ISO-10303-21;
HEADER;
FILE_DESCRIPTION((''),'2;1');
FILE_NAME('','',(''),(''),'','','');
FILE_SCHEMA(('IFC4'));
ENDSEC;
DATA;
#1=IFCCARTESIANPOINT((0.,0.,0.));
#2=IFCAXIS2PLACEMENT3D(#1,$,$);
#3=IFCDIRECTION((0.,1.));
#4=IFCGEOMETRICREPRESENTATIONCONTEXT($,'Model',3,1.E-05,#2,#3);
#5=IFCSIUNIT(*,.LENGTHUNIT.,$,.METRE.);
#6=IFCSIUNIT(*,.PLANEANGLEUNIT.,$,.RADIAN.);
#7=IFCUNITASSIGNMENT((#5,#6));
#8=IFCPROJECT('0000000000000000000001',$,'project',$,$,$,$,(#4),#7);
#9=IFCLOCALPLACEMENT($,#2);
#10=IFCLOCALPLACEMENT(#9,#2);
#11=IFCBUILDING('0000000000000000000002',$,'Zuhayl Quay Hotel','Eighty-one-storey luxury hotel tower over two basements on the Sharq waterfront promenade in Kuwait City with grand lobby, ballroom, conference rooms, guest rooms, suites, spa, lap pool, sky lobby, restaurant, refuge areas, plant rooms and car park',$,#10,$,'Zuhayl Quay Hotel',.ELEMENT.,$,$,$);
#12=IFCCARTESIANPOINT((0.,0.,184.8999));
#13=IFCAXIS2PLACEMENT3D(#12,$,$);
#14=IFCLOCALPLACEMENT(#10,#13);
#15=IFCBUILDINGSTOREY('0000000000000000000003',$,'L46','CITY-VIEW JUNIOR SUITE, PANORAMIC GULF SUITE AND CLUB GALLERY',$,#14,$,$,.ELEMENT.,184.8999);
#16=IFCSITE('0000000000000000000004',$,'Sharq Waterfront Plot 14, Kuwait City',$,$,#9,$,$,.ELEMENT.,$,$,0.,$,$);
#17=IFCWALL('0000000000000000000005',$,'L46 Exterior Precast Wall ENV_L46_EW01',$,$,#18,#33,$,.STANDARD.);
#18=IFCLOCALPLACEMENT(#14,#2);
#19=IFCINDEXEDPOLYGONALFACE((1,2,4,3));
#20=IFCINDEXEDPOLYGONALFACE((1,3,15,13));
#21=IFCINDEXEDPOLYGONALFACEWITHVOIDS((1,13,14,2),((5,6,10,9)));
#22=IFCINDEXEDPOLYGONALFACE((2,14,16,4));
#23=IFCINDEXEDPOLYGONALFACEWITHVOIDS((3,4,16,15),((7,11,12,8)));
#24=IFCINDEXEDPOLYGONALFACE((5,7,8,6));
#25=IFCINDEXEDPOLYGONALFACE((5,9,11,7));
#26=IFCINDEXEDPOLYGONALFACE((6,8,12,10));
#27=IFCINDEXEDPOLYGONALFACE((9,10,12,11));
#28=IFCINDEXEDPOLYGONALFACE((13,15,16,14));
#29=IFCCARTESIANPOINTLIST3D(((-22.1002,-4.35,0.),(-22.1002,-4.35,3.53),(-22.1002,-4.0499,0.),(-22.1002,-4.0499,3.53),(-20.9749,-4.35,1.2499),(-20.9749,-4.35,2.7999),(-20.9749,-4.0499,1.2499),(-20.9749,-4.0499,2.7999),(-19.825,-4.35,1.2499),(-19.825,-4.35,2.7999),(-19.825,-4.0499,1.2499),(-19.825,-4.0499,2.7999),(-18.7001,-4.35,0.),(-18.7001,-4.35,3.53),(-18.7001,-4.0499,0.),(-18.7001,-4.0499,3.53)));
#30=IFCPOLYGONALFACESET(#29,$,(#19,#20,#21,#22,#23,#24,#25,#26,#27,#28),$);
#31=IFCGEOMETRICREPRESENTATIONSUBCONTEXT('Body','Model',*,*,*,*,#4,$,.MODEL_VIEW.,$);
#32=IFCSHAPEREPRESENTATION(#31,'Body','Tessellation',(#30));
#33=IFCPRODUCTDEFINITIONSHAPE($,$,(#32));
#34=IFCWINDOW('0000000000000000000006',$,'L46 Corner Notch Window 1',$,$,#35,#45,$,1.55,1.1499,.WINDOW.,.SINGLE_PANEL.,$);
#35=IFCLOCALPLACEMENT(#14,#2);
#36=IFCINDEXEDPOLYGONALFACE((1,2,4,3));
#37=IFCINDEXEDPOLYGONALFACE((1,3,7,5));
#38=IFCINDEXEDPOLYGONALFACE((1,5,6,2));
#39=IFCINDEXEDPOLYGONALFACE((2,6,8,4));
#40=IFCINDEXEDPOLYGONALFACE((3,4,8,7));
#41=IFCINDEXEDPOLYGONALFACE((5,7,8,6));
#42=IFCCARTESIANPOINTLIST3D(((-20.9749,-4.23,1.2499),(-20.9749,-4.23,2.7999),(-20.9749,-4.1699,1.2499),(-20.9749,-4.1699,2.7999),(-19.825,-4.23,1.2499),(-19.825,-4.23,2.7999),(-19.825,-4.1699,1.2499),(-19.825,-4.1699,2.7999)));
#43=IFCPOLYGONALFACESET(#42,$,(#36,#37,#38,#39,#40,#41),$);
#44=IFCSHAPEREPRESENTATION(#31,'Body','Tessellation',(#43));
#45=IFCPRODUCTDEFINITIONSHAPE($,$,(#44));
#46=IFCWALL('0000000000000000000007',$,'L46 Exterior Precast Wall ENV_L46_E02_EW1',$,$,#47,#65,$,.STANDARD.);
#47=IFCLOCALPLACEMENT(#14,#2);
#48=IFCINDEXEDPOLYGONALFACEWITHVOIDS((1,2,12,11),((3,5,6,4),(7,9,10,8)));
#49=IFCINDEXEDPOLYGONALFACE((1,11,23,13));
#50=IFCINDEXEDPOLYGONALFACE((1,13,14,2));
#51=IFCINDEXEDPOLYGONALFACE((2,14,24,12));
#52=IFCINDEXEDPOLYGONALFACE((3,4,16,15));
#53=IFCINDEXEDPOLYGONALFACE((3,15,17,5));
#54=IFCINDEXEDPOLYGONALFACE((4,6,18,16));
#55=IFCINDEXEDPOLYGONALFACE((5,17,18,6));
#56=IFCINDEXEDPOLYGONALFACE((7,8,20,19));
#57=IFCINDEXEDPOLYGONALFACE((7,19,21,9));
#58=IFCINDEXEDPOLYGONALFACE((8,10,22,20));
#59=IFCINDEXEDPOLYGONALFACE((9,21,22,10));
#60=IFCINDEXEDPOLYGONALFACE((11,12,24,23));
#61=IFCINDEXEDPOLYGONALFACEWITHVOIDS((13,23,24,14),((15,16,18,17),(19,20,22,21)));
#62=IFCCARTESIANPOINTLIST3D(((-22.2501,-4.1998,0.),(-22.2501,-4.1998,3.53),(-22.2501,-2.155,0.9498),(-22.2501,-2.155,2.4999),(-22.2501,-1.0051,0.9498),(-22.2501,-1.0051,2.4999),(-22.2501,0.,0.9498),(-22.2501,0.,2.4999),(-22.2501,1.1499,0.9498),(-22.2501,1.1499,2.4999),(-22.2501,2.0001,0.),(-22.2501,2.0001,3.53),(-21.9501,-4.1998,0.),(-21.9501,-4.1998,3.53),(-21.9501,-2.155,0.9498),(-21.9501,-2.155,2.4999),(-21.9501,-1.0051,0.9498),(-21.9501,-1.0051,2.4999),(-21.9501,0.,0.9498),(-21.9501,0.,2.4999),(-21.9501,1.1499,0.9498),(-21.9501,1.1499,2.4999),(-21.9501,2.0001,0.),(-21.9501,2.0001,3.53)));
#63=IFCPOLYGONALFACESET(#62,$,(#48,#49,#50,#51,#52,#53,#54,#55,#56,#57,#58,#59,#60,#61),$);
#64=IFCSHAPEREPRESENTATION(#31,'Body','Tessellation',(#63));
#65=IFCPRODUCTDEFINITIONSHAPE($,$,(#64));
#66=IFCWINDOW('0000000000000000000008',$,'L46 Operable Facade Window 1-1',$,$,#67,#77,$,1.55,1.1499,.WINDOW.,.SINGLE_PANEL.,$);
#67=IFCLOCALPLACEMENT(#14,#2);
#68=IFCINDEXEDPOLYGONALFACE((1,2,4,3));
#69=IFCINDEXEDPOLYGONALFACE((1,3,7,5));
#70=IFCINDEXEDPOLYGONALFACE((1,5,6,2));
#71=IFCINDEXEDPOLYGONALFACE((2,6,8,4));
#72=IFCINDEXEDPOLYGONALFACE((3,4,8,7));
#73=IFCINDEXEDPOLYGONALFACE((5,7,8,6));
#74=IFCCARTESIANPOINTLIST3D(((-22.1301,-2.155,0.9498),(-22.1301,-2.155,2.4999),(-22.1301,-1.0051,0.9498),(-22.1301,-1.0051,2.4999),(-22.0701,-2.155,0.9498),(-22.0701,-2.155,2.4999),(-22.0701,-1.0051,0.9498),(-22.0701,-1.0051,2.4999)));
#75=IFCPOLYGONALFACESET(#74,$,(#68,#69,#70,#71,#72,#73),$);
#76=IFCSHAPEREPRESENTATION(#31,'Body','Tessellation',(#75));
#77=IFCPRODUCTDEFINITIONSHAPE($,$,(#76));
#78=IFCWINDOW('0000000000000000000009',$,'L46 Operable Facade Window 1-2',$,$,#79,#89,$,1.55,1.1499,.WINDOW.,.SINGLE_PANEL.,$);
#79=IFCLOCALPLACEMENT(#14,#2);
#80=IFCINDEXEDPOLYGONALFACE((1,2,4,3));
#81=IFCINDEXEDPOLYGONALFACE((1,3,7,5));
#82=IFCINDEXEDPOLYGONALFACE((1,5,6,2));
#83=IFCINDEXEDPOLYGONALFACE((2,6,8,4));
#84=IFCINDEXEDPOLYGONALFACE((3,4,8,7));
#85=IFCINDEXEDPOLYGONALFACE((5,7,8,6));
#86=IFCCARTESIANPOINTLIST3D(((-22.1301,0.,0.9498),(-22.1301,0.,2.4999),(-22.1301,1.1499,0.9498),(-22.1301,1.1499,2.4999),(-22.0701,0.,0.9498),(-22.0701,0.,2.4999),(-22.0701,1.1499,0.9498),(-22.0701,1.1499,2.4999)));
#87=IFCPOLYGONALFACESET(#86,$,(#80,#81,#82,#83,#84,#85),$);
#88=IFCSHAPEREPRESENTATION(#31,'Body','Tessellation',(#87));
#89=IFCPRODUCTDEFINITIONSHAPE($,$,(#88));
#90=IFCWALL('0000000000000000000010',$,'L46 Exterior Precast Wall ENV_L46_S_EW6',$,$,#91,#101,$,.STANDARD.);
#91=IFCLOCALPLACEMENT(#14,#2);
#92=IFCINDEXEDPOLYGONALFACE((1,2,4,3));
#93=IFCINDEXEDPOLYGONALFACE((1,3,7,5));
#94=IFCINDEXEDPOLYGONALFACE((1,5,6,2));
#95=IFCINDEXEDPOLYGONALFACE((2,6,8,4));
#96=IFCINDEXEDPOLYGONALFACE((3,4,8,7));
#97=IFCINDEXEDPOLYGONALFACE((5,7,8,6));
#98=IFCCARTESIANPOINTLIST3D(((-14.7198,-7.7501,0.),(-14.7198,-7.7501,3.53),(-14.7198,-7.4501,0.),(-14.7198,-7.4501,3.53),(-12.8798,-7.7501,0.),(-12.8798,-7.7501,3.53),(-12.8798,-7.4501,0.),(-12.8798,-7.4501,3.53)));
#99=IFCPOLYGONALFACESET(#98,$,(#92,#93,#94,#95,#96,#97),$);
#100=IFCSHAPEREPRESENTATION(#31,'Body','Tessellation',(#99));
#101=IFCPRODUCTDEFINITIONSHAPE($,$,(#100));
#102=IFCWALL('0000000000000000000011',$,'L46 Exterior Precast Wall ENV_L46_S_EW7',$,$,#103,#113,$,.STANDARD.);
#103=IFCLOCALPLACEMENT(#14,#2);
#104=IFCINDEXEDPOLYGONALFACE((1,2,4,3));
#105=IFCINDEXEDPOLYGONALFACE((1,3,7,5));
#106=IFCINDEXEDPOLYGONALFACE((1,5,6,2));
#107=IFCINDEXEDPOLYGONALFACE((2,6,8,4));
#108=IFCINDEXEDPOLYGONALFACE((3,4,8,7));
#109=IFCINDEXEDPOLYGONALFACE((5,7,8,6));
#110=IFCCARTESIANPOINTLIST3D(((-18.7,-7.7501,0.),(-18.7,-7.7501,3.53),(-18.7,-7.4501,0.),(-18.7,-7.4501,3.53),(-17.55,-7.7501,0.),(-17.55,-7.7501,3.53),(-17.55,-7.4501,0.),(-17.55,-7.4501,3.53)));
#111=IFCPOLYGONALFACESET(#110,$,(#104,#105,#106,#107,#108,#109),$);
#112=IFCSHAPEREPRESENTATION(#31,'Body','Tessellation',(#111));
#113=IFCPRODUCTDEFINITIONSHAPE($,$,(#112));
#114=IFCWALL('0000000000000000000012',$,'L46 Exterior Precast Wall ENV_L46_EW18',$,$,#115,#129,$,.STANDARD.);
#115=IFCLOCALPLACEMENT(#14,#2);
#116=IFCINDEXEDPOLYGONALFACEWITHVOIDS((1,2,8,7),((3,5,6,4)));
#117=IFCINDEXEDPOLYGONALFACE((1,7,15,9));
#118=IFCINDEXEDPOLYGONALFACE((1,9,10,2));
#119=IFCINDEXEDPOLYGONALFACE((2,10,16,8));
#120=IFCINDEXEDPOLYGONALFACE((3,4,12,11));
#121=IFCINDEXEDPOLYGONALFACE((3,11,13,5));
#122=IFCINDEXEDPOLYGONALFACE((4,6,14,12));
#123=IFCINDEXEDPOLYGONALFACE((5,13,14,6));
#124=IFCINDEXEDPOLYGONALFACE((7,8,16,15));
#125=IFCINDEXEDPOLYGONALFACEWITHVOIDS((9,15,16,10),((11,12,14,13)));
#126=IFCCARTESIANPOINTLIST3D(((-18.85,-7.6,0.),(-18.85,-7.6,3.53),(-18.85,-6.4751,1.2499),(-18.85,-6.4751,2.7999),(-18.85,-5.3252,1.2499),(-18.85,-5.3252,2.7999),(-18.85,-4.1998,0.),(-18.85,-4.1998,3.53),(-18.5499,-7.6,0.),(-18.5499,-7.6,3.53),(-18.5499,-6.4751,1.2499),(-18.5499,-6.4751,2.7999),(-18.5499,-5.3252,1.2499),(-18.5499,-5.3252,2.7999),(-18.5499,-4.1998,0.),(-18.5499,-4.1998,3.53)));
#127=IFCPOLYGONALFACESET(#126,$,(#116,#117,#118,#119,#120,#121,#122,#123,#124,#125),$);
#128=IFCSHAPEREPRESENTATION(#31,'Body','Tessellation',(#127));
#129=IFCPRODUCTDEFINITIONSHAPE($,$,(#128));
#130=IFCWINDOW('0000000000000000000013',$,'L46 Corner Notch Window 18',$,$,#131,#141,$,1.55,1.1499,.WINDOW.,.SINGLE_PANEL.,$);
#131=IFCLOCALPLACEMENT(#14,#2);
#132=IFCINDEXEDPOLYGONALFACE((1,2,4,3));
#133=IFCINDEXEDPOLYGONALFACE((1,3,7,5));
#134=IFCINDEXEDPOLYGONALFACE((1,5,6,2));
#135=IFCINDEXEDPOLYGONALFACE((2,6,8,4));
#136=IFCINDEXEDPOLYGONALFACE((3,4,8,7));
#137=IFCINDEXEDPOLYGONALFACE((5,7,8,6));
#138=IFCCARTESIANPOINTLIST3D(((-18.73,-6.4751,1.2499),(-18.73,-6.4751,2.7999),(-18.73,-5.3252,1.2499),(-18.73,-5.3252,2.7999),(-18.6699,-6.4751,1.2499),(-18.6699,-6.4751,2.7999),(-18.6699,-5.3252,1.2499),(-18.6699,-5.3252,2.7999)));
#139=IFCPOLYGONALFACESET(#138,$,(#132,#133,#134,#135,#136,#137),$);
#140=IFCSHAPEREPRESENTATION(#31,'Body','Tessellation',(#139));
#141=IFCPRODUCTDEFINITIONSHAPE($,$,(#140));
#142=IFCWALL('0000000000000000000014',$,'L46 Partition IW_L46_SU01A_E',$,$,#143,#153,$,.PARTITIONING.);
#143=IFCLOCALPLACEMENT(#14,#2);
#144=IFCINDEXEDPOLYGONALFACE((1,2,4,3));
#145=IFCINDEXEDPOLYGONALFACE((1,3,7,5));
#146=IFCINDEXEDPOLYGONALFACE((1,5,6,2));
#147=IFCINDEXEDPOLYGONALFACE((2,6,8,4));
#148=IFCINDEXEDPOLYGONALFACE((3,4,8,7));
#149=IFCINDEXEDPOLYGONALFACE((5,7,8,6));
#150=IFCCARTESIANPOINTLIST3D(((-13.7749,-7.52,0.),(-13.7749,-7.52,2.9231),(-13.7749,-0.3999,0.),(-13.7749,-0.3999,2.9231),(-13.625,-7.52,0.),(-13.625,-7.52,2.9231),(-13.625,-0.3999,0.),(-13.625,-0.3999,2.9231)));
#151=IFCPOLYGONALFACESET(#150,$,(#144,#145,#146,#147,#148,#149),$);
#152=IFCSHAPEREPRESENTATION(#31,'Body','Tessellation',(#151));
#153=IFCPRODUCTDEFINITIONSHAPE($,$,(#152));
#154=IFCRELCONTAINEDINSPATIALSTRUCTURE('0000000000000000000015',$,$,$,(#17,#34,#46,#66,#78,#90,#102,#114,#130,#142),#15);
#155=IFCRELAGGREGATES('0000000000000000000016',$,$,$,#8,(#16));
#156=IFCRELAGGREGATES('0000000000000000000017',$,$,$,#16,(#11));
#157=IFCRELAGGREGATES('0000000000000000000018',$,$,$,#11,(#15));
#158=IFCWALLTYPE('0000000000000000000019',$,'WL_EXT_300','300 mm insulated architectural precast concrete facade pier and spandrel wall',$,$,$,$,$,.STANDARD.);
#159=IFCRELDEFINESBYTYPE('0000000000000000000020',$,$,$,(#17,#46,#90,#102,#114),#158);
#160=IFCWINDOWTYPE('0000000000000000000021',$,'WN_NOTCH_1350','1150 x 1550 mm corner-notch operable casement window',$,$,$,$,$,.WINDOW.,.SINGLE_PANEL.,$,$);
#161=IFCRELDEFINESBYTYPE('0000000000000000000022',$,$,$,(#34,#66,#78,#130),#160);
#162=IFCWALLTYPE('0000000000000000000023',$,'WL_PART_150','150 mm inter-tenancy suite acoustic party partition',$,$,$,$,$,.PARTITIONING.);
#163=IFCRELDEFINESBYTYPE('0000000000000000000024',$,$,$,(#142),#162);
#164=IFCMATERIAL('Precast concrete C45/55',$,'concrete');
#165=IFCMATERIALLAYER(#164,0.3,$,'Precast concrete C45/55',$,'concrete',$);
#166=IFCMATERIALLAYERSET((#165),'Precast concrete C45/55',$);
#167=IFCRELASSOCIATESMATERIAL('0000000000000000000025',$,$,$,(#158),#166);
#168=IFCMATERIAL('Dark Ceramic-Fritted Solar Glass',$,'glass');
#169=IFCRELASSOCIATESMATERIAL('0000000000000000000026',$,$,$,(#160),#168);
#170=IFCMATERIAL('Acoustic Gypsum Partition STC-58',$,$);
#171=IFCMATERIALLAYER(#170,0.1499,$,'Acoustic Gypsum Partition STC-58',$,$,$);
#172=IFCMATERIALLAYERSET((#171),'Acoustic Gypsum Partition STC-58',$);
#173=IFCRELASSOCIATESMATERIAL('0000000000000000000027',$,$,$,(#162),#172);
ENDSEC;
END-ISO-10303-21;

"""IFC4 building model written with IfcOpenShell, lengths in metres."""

from ifc_helpers import new_model, si_unit, direction, frame, frame_2d, origin, place, context, subcontext, project, spatial, rectangle, extrude, material, layer, layer_set, type_object, element, fill, save


model = new_model("IFC4")

# Units and contexts
model_context = context("Model", 3, precision=1e-05, world=origin(), true_north=direction((0.0, 1.0)))
body_context = subcontext(model_context, "Body", "Model", "MODEL_VIEW")
ifc_project = project(units=[si_unit("LENGTHUNIT", "METRE"), si_unit("PLANEANGLEUNIT", "RADIAN")], contexts=[model_context])

# Site, building, storey
site_placement = place(None, origin())
site = spatial("IfcSite", under=ifc_project, at=site_placement, Name="Sharq Waterfront Plot 14, Kuwait City", CompositionType="ELEMENT", RefElevation=0.0)
building_placement = place(site_placement, origin())
building = spatial("IfcBuilding", under=site, at=building_placement, Name="Zuhayl Quay Hotel", Description="Eighty-one-storey luxury hotel tower over two basements on the Sharq waterfront promenade in Kuwait City with grand lobby, ballroom, conference rooms, guest rooms, suites, spa, lap pool, sky lobby, restaurant, refuge areas, plant rooms and car park", LongName="Zuhayl Quay Hotel", CompositionType="ELEMENT")
storey_placement = place(building_placement, frame((0.0, 0.0, 184.8999)))
storey = spatial("IfcBuildingStorey", under=building, at=storey_placement, Name="L46", Description="CITY-VIEW JUNIOR SUITE, PANORAMIC GULF SUITE AND CLUB GALLERY", CompositionType="ELEMENT", Elevation=184.8999)

# Shared definitions
ifc_material_1 = material(Name="Dark Ceramic-Fritted Solar Glass", Category="glass")

# Wall, opening, window
ifc_material_2 = material(Name="Precast concrete C45/55", Category="concrete")
ifc_layer_1 = layer(ifc_material_2, 0.3, Name="Precast concrete C45/55", Category="concrete")
ifc_layer_set_1 = layer_set([ifc_layer_1], Name="Precast concrete C45/55")
wall_type_1 = type_object("IfcWallType", Name="WL_EXT_300", Description="300 mm insulated architectural precast concrete facade pier and spandrel wall", PredefinedType="STANDARD", material=ifc_layer_set_1)
wall_1_placement = place(storey_placement, frame((-18.7, -4.2, 0.0), z_axis=(0.0, 0.0, 1.0), x_axis=(-1.0, 0.0, 0.0)))
wall_1 = element("IfcWall", 1, at=wall_1_placement, inside=storey, type_object=wall_type_1, Name="L46 Exterior Precast Wall ENV_L46_EW01", PredefinedType="STANDARD", context=body_context, shape_type="SweptSolid", body=[
    extrude(rectangle(XDim=3.4001, YDim=0.3, at=frame_2d((1.7002, 0.0))), origin(), (0.0, 0.0, 1.0), 3.53),
])
opening_1_placement = place(wall_1_placement, frame((1.125, 0.0, 1.25)))
opening_1 = element("IfcOpeningElement", 2, at=opening_1_placement, cuts=wall_1, PredefinedType="OPENING", context=body_context, shape_type="SweptSolid", body=[
    extrude(rectangle(XDim=1.1499, YDim=1.55, at=frame_2d((0.575, 0.7749))), frame((0.0, 0.1599, 0.0), z_axis=(0.0, -1.0, 0.0), x_axis=(1.0, 0.0, 0.0)), (0.0, 0.0, 1.0), 0.3201),
])
window_type = type_object("IfcWindowType", Name="WN_NOTCH_1350", Description="1150 x 1550 mm corner-notch operable casement window", PartitioningType="SINGLE_PANEL", PredefinedType="WINDOW", material=ifc_material_1)
window_1_placement = place(opening_1_placement, origin())
window_1 = element("IfcWindow", 3, at=window_1_placement, inside=storey, type_object=window_type, Name="L46 Corner Notch Window 1", OverallHeight=1.55, OverallWidth=1.1499, PartitioningType="SINGLE_PANEL", PredefinedType="WINDOW", context=body_context, shape_type="SweptSolid", body=[
    extrude(rectangle(XDim=1.1499, YDim=1.55, at=frame_2d((0.575, 0.7749))), frame((0.0, 0.03, 0.0), z_axis=(0.0, -1.0, 0.0), x_axis=(1.0, 0.0, 0.0)), (0.0, 0.0, 1.0), 0.0601),
])
fill(opening_1, window_1)

# Wall, openings, windows
wall_2_placement = place(storey_placement, frame((-22.1001, -4.2, 0.0), z_axis=(0.0, 0.0, 1.0), x_axis=(0.0, 1.0, 0.0)))
wall_2 = element("IfcWall", 4, at=wall_2_placement, inside=storey, type_object=wall_type_1, Name="L46 Exterior Precast Wall ENV_L46_E02_EW1", PredefinedType="STANDARD", context=body_context, shape_type="SweptSolid", body=[
    extrude(rectangle(XDim=6.2, YDim=0.3, at=frame_2d((3.1001, 0.0))), origin(), (0.0, 0.0, 1.0), 3.53),
])
opening_2_placement = place(wall_2_placement, frame((2.0449, 0.0, 0.95)))
opening_2 = element("IfcOpeningElement", 5, at=opening_2_placement, cuts=wall_2, PredefinedType="OPENING", context=body_context, shape_type="SweptSolid", body=[
    extrude(rectangle(XDim=1.1499, YDim=1.55, at=frame_2d((0.575, 0.7749))), frame((0.0, 0.1599, 0.0), z_axis=(0.0, -1.0, 0.0), x_axis=(1.0, 0.0, 0.0)), (0.0, 0.0, 1.0), 0.3201),
])
opening_3_placement = place(wall_2_placement, frame((4.2, 0.0, 0.95)))
opening_3 = element("IfcOpeningElement", 6, at=opening_3_placement, cuts=wall_2, PredefinedType="OPENING", context=body_context, shape_type="SweptSolid", body=[
    extrude(rectangle(XDim=1.1499, YDim=1.55, at=frame_2d((0.575, 0.7749))), frame((0.0, 0.1599, 0.0), z_axis=(0.0, -1.0, 0.0), x_axis=(1.0, 0.0, 0.0)), (0.0, 0.0, 1.0), 0.3201),
])
window_2_placement = place(opening_2_placement, origin())
window_2 = element("IfcWindow", 7, at=window_2_placement, inside=storey, type_object=window_type, Name="L46 Operable Facade Window 1-1", OverallHeight=1.55, OverallWidth=1.1499, PartitioningType="SINGLE_PANEL", PredefinedType="WINDOW", context=body_context, shape_type="SweptSolid", body=[
    extrude(rectangle(XDim=1.1499, YDim=1.55, at=frame_2d((0.575, 0.7749))), frame((0.0, 0.03, 0.0), z_axis=(0.0, -1.0, 0.0), x_axis=(1.0, 0.0, 0.0)), (0.0, 0.0, 1.0), 0.0601),
])
fill(opening_2, window_2)
window_3_placement = place(opening_3_placement, origin())
window_3 = element("IfcWindow", 8, at=window_3_placement, inside=storey, type_object=window_type, Name="L46 Operable Facade Window 1-2", OverallHeight=1.55, OverallWidth=1.1499, PartitioningType="SINGLE_PANEL", PredefinedType="WINDOW", context=body_context, shape_type="SweptSolid", body=[
    extrude(rectangle(XDim=1.1499, YDim=1.55, at=frame_2d((0.575, 0.7749))), frame((0.0, 0.03, 0.0), z_axis=(0.0, -1.0, 0.0), x_axis=(1.0, 0.0, 0.0)), (0.0, 0.0, 1.0), 0.0601),
])
fill(opening_3, window_3)

# Walls
wall_3_placement = place(storey_placement, frame((-12.8799, -7.6001, 0.0), z_axis=(0.0, 0.0, 1.0), x_axis=(-1.0, 0.0, 0.0)))
element("IfcWall", 9, at=wall_3_placement, inside=storey, type_object=wall_type_1, Name="L46 Exterior Precast Wall ENV_L46_S_EW6", PredefinedType="STANDARD", context=body_context, shape_type="SweptSolid", body=[
    extrude(rectangle(XDim=1.8401, YDim=0.3, at=frame_2d((0.9199, 0.0))), origin(), (0.0, 0.0, 1.0), 3.53),
])
wall_4_placement = place(storey_placement, frame((-17.55, -7.6001, 0.0), z_axis=(0.0, 0.0, 1.0), x_axis=(-1.0, 0.0, 0.0)))
element("IfcWall", 10, at=wall_4_placement, inside=storey, type_object=wall_type_1, Name="L46 Exterior Precast Wall ENV_L46_S_EW7", PredefinedType="STANDARD", context=body_context, shape_type="SweptSolid", body=[
    extrude(rectangle(XDim=1.1499, YDim=0.3, at=frame_2d((0.575, 0.0))), origin(), (0.0, 0.0, 1.0), 3.53),
])

# Wall, opening, window
wall_5_placement = place(storey_placement, frame((-18.7, -7.6001, 0.0), z_axis=(0.0, 0.0, 1.0), x_axis=(0.0, 1.0, 0.0)))
wall_5 = element("IfcWall", 11, at=wall_5_placement, inside=storey, type_object=wall_type_1, Name="L46 Exterior Precast Wall ENV_L46_EW18", PredefinedType="STANDARD", context=body_context, shape_type="SweptSolid", body=[
    extrude(rectangle(XDim=3.4001, YDim=0.3, at=frame_2d((1.7002, 0.0))), origin(), (0.0, 0.0, 1.0), 3.53),
])
opening_4_placement = place(wall_5_placement, frame((1.125, 0.0, 1.25)))
opening_4 = element("IfcOpeningElement", 12, at=opening_4_placement, cuts=wall_5, PredefinedType="OPENING", context=body_context, shape_type="SweptSolid", body=[
    extrude(rectangle(XDim=1.1499, YDim=1.55, at=frame_2d((0.575, 0.7749))), frame((0.0, 0.1599, 0.0), z_axis=(0.0, -1.0, 0.0), x_axis=(1.0, 0.0, 0.0)), (0.0, 0.0, 1.0), 0.3201),
])
window_4_placement = place(opening_4_placement, origin())
window_4 = element("IfcWindow", 13, at=window_4_placement, inside=storey, type_object=window_type, Name="L46 Corner Notch Window 18", OverallHeight=1.55, OverallWidth=1.1499, PartitioningType="SINGLE_PANEL", PredefinedType="WINDOW", context=body_context, shape_type="SweptSolid", body=[
    extrude(rectangle(XDim=1.1499, YDim=1.55, at=frame_2d((0.575, 0.7749))), frame((0.0, 0.03, 0.0), z_axis=(0.0, -1.0, 0.0), x_axis=(1.0, 0.0, 0.0)), (0.0, 0.0, 1.0), 0.0601),
])
fill(opening_4, window_4)

# Wall
ifc_material_3 = material(Name="Acoustic Gypsum Partition STC-58")
ifc_layer_2 = layer(ifc_material_3, 0.1499, Name="Acoustic Gypsum Partition STC-58")
ifc_layer_set_2 = layer_set([ifc_layer_2], Name="Acoustic Gypsum Partition STC-58")
wall_type_2 = type_object("IfcWallType", Name="WL_PART_150", Description="150 mm inter-tenancy suite acoustic party partition", PredefinedType="PARTITIONING", material=ifc_layer_set_2)
wall_6_placement = place(storey_placement, frame((-13.7, -7.52, 0.0), z_axis=(0.0, 0.0, 1.0), x_axis=(0.0, 1.0, 0.0)))
element("IfcWall", 14, at=wall_6_placement, inside=storey, type_object=wall_type_2, Name="L46 Partition IW_L46_SU01A_E", PredefinedType="PARTITIONING", context=body_context, shape_type="SweptSolid", body=[
    extrude(rectangle(XDim=7.1201, YDim=0.1499, at=frame_2d((3.5601, 0.0))), origin(), (0.0, 0.0, 1.0), 2.9231),
])

save(model, "model.ifc")
